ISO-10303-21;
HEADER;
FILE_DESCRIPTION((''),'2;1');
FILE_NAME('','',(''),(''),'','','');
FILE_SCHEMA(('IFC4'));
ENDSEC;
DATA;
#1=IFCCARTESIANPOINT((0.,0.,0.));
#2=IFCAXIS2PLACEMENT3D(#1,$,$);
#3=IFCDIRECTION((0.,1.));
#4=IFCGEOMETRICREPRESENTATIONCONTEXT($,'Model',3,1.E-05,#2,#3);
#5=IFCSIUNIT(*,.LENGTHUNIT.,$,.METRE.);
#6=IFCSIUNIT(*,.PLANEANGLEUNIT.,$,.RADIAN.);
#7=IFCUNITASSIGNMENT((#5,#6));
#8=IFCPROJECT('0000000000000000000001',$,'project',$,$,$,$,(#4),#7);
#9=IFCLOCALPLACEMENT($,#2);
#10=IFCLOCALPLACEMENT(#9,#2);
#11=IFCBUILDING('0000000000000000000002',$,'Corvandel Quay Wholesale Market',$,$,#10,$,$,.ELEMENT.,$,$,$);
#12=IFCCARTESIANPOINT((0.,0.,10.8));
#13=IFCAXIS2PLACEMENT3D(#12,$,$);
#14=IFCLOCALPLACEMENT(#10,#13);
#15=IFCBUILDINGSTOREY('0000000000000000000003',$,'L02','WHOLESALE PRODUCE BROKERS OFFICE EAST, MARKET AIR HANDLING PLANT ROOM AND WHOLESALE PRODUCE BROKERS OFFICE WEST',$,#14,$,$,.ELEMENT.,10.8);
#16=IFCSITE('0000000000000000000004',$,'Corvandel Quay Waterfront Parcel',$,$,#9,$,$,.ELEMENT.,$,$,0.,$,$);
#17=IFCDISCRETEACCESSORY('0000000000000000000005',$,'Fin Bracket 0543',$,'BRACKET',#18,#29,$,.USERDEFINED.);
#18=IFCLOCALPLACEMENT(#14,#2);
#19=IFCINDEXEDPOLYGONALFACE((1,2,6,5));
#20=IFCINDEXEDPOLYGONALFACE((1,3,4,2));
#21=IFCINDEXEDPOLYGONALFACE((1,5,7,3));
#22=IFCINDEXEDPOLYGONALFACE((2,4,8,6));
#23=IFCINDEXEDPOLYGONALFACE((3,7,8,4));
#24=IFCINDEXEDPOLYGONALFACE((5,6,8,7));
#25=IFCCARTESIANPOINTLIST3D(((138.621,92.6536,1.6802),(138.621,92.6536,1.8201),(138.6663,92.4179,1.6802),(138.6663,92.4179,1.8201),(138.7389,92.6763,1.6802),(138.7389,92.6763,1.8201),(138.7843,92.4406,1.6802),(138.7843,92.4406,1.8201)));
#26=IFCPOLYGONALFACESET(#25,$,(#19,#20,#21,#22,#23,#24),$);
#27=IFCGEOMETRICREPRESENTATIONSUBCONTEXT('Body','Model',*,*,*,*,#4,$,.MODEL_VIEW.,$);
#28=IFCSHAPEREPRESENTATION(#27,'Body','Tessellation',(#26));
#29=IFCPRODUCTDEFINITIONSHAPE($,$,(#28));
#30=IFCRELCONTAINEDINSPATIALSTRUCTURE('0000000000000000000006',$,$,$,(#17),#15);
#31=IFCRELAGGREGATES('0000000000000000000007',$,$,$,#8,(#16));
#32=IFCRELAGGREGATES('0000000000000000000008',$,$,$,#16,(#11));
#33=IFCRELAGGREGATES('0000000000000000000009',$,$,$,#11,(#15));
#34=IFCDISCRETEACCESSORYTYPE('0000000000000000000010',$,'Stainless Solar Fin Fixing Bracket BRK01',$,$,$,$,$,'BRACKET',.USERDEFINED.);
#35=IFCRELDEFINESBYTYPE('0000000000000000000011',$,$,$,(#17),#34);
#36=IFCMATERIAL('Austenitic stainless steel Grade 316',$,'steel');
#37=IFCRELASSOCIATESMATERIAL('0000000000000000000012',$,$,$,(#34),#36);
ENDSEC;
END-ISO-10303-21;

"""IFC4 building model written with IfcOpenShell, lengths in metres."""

from ifc_helpers import new_model, si_unit, direction, frame, origin, origin_2d, place, context, subcontext, project, spatial, rectangle, extrude, material, type_object, element, save


model = new_model("IFC4")

# Units and contexts
model_context = context("Model", 3, precision=1e-05, world=origin(), true_north=direction((0.0, 1.0)))
body_context = subcontext(model_context, "Body", "Model", "MODEL_VIEW")
ifc_project = project(units=[si_unit("LENGTHUNIT", "METRE"), si_unit("PLANEANGLEUNIT", "RADIAN")], contexts=[model_context])

# Site, building, storey
site_placement = place(None, origin())
site = spatial("IfcSite", under=ifc_project, at=site_placement, Name="Corvandel Quay Waterfront Parcel", CompositionType="ELEMENT", RefElevation=0.0)
building_placement = place(site_placement, origin())
building = spatial("IfcBuilding", under=site, at=building_placement, Name="Corvandel Quay Wholesale Market", CompositionType="ELEMENT")
storey_placement = place(building_placement, frame((0.0, 0.0, 10.8)))
storey = spatial("IfcBuildingStorey", under=building, at=storey_placement, Name="L02", Description="WHOLESALE PRODUCE BROKERS OFFICE EAST, MARKET AIR HANDLING PLANT ROOM AND WHOLESALE PRODUCE BROKERS OFFICE WEST", CompositionType="ELEMENT", Elevation=10.8)

# Discrete accessory
ifc_material_1 = material(Name="Austenitic stainless steel Grade 316", Category="steel")
discrete_accessory_type = type_object("IfcDiscreteAccessoryType", Name="Stainless Solar Fin Fixing Bracket BRK01", ElementType="BRACKET", PredefinedType="USERDEFINED", material=ifc_material_1)
for number, where, z_axis, x_axis, name in (
    (1, (138.7026, 92.5471, 1.6802), (0.0, 0.0, 1.0), (-0.188924, 0.981992, 0.0), "Fin Bracket 0543"),
):
    element("IfcDiscreteAccessory", number, at=place(storey_placement, frame(where, z_axis=z_axis, x_axis=x_axis)), inside=storey, type_object=discrete_accessory_type, Name=name, ObjectType="BRACKET", PredefinedType="USERDEFINED", context=body_context, shape_type="SweptSolid", body=[
        extrude(rectangle(XDim=0.24, YDim=0.1201, at=origin_2d()), origin(), (0.0, 0.0, 1.0), 0.1399),
    ])

save(model, "model.ifc")
